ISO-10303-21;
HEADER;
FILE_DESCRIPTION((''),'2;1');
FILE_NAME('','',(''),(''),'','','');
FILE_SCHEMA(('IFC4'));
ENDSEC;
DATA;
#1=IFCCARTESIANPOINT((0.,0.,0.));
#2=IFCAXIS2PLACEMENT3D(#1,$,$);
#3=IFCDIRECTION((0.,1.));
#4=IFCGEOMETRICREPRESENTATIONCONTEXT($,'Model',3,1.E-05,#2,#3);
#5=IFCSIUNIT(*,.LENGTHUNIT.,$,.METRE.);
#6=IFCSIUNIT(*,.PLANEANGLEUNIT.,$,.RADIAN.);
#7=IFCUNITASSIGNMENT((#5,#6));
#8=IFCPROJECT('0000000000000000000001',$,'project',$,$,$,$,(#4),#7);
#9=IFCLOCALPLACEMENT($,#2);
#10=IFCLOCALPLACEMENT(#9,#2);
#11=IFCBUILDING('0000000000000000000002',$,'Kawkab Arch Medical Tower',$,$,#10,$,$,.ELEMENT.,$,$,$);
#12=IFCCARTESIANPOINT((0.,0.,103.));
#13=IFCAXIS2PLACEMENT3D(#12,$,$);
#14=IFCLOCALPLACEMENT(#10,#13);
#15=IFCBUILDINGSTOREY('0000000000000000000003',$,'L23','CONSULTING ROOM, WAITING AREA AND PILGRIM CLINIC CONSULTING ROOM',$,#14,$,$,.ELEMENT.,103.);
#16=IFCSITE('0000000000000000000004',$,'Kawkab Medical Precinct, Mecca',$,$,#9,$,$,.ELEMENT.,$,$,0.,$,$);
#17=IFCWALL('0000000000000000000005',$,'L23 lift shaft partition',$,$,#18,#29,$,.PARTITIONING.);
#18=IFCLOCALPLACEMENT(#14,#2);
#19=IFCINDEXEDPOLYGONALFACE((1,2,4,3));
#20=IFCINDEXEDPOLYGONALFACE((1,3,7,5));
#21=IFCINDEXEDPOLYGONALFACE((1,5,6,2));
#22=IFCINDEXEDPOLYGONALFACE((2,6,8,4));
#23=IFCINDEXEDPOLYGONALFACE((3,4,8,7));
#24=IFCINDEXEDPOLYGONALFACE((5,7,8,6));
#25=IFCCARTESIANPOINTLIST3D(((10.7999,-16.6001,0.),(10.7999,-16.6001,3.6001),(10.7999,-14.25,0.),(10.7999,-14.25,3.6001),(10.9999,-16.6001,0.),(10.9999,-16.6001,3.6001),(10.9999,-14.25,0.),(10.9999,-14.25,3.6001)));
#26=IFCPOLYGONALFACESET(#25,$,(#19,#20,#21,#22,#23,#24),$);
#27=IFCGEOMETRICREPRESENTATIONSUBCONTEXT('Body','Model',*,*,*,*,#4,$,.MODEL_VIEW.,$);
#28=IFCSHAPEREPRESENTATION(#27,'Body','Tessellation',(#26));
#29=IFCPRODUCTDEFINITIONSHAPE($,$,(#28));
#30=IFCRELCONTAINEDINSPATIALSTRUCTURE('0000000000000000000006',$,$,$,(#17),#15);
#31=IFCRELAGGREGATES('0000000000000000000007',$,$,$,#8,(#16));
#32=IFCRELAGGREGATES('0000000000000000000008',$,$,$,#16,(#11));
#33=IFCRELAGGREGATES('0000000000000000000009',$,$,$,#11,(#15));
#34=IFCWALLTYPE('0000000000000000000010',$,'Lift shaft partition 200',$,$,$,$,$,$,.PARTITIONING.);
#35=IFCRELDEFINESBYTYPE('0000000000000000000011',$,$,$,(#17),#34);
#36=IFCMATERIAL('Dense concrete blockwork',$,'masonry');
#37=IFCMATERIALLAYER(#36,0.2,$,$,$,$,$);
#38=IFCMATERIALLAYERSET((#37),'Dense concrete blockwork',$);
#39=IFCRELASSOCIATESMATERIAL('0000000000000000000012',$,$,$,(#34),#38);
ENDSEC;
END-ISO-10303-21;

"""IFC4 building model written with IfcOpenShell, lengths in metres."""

from ifc_helpers import new_model, si_unit, direction, frame, frame_2d, origin, place, context, subcontext, project, spatial, rectangle, extrude, material, layer, layer_set, type_object, element, save


model = new_model("IFC4")

# Units and contexts
model_context = context("Model", 3, precision=1e-05, world=origin(), true_north=direction((0.0, 1.0)))
body_context = subcontext(model_context, "Body", "Model", "MODEL_VIEW")
ifc_project = project(units=[si_unit("LENGTHUNIT", "METRE"), si_unit("PLANEANGLEUNIT", "RADIAN")], contexts=[model_context])

# Site, building, storey
site_placement = place(None, origin())
site = spatial("IfcSite", under=ifc_project, at=site_placement, Name="Kawkab Medical Precinct, Mecca", CompositionType="ELEMENT", RefElevation=0.0)
building_placement = place(site_placement, origin())
building = spatial("IfcBuilding", under=site, at=building_placement, Name="Kawkab Arch Medical Tower", CompositionType="ELEMENT")
storey_placement = place(building_placement, frame((0.0, 0.0, 103.0)))
storey = spatial("IfcBuildingStorey", under=building, at=storey_placement, Name="L23", Description="CONSULTING ROOM, WAITING AREA AND PILGRIM CLINIC CONSULTING ROOM", CompositionType="ELEMENT", Elevation=103.0)

# Wall
ifc_material_1 = material(Name="Dense concrete blockwork", Category="masonry")
ifc_layer_1 = layer(ifc_material_1, 0.2)
ifc_layer_set_1 = layer_set([ifc_layer_1], Name="Dense concrete blockwork")
wall_type_1 = type_object("IfcWallType", Name="Lift shaft partition 200", PredefinedType="PARTITIONING", material=ifc_layer_set_1)
for number, where, z_axis, x_axis, name in (
    (1, (10.8999, -16.6001, 0.0), (0.0, 0.0, 1.0), (0.0, 1.0, 0.0), "L23 lift shaft partition"),
):
    element("IfcWall", number, at=place(storey_placement, frame(where, z_axis=z_axis, x_axis=x_axis)), inside=storey, type_object=wall_type_1, Name=name, PredefinedType="PARTITIONING", context=body_context, shape_type="SweptSolid", body=[
        extrude(rectangle(XDim=2.3501, YDim=0.2, at=frame_2d((1.175, 0.0))), origin(), (0.0, 0.0, 1.0), 3.6001),
    ])

save(model, "model.ifc")
